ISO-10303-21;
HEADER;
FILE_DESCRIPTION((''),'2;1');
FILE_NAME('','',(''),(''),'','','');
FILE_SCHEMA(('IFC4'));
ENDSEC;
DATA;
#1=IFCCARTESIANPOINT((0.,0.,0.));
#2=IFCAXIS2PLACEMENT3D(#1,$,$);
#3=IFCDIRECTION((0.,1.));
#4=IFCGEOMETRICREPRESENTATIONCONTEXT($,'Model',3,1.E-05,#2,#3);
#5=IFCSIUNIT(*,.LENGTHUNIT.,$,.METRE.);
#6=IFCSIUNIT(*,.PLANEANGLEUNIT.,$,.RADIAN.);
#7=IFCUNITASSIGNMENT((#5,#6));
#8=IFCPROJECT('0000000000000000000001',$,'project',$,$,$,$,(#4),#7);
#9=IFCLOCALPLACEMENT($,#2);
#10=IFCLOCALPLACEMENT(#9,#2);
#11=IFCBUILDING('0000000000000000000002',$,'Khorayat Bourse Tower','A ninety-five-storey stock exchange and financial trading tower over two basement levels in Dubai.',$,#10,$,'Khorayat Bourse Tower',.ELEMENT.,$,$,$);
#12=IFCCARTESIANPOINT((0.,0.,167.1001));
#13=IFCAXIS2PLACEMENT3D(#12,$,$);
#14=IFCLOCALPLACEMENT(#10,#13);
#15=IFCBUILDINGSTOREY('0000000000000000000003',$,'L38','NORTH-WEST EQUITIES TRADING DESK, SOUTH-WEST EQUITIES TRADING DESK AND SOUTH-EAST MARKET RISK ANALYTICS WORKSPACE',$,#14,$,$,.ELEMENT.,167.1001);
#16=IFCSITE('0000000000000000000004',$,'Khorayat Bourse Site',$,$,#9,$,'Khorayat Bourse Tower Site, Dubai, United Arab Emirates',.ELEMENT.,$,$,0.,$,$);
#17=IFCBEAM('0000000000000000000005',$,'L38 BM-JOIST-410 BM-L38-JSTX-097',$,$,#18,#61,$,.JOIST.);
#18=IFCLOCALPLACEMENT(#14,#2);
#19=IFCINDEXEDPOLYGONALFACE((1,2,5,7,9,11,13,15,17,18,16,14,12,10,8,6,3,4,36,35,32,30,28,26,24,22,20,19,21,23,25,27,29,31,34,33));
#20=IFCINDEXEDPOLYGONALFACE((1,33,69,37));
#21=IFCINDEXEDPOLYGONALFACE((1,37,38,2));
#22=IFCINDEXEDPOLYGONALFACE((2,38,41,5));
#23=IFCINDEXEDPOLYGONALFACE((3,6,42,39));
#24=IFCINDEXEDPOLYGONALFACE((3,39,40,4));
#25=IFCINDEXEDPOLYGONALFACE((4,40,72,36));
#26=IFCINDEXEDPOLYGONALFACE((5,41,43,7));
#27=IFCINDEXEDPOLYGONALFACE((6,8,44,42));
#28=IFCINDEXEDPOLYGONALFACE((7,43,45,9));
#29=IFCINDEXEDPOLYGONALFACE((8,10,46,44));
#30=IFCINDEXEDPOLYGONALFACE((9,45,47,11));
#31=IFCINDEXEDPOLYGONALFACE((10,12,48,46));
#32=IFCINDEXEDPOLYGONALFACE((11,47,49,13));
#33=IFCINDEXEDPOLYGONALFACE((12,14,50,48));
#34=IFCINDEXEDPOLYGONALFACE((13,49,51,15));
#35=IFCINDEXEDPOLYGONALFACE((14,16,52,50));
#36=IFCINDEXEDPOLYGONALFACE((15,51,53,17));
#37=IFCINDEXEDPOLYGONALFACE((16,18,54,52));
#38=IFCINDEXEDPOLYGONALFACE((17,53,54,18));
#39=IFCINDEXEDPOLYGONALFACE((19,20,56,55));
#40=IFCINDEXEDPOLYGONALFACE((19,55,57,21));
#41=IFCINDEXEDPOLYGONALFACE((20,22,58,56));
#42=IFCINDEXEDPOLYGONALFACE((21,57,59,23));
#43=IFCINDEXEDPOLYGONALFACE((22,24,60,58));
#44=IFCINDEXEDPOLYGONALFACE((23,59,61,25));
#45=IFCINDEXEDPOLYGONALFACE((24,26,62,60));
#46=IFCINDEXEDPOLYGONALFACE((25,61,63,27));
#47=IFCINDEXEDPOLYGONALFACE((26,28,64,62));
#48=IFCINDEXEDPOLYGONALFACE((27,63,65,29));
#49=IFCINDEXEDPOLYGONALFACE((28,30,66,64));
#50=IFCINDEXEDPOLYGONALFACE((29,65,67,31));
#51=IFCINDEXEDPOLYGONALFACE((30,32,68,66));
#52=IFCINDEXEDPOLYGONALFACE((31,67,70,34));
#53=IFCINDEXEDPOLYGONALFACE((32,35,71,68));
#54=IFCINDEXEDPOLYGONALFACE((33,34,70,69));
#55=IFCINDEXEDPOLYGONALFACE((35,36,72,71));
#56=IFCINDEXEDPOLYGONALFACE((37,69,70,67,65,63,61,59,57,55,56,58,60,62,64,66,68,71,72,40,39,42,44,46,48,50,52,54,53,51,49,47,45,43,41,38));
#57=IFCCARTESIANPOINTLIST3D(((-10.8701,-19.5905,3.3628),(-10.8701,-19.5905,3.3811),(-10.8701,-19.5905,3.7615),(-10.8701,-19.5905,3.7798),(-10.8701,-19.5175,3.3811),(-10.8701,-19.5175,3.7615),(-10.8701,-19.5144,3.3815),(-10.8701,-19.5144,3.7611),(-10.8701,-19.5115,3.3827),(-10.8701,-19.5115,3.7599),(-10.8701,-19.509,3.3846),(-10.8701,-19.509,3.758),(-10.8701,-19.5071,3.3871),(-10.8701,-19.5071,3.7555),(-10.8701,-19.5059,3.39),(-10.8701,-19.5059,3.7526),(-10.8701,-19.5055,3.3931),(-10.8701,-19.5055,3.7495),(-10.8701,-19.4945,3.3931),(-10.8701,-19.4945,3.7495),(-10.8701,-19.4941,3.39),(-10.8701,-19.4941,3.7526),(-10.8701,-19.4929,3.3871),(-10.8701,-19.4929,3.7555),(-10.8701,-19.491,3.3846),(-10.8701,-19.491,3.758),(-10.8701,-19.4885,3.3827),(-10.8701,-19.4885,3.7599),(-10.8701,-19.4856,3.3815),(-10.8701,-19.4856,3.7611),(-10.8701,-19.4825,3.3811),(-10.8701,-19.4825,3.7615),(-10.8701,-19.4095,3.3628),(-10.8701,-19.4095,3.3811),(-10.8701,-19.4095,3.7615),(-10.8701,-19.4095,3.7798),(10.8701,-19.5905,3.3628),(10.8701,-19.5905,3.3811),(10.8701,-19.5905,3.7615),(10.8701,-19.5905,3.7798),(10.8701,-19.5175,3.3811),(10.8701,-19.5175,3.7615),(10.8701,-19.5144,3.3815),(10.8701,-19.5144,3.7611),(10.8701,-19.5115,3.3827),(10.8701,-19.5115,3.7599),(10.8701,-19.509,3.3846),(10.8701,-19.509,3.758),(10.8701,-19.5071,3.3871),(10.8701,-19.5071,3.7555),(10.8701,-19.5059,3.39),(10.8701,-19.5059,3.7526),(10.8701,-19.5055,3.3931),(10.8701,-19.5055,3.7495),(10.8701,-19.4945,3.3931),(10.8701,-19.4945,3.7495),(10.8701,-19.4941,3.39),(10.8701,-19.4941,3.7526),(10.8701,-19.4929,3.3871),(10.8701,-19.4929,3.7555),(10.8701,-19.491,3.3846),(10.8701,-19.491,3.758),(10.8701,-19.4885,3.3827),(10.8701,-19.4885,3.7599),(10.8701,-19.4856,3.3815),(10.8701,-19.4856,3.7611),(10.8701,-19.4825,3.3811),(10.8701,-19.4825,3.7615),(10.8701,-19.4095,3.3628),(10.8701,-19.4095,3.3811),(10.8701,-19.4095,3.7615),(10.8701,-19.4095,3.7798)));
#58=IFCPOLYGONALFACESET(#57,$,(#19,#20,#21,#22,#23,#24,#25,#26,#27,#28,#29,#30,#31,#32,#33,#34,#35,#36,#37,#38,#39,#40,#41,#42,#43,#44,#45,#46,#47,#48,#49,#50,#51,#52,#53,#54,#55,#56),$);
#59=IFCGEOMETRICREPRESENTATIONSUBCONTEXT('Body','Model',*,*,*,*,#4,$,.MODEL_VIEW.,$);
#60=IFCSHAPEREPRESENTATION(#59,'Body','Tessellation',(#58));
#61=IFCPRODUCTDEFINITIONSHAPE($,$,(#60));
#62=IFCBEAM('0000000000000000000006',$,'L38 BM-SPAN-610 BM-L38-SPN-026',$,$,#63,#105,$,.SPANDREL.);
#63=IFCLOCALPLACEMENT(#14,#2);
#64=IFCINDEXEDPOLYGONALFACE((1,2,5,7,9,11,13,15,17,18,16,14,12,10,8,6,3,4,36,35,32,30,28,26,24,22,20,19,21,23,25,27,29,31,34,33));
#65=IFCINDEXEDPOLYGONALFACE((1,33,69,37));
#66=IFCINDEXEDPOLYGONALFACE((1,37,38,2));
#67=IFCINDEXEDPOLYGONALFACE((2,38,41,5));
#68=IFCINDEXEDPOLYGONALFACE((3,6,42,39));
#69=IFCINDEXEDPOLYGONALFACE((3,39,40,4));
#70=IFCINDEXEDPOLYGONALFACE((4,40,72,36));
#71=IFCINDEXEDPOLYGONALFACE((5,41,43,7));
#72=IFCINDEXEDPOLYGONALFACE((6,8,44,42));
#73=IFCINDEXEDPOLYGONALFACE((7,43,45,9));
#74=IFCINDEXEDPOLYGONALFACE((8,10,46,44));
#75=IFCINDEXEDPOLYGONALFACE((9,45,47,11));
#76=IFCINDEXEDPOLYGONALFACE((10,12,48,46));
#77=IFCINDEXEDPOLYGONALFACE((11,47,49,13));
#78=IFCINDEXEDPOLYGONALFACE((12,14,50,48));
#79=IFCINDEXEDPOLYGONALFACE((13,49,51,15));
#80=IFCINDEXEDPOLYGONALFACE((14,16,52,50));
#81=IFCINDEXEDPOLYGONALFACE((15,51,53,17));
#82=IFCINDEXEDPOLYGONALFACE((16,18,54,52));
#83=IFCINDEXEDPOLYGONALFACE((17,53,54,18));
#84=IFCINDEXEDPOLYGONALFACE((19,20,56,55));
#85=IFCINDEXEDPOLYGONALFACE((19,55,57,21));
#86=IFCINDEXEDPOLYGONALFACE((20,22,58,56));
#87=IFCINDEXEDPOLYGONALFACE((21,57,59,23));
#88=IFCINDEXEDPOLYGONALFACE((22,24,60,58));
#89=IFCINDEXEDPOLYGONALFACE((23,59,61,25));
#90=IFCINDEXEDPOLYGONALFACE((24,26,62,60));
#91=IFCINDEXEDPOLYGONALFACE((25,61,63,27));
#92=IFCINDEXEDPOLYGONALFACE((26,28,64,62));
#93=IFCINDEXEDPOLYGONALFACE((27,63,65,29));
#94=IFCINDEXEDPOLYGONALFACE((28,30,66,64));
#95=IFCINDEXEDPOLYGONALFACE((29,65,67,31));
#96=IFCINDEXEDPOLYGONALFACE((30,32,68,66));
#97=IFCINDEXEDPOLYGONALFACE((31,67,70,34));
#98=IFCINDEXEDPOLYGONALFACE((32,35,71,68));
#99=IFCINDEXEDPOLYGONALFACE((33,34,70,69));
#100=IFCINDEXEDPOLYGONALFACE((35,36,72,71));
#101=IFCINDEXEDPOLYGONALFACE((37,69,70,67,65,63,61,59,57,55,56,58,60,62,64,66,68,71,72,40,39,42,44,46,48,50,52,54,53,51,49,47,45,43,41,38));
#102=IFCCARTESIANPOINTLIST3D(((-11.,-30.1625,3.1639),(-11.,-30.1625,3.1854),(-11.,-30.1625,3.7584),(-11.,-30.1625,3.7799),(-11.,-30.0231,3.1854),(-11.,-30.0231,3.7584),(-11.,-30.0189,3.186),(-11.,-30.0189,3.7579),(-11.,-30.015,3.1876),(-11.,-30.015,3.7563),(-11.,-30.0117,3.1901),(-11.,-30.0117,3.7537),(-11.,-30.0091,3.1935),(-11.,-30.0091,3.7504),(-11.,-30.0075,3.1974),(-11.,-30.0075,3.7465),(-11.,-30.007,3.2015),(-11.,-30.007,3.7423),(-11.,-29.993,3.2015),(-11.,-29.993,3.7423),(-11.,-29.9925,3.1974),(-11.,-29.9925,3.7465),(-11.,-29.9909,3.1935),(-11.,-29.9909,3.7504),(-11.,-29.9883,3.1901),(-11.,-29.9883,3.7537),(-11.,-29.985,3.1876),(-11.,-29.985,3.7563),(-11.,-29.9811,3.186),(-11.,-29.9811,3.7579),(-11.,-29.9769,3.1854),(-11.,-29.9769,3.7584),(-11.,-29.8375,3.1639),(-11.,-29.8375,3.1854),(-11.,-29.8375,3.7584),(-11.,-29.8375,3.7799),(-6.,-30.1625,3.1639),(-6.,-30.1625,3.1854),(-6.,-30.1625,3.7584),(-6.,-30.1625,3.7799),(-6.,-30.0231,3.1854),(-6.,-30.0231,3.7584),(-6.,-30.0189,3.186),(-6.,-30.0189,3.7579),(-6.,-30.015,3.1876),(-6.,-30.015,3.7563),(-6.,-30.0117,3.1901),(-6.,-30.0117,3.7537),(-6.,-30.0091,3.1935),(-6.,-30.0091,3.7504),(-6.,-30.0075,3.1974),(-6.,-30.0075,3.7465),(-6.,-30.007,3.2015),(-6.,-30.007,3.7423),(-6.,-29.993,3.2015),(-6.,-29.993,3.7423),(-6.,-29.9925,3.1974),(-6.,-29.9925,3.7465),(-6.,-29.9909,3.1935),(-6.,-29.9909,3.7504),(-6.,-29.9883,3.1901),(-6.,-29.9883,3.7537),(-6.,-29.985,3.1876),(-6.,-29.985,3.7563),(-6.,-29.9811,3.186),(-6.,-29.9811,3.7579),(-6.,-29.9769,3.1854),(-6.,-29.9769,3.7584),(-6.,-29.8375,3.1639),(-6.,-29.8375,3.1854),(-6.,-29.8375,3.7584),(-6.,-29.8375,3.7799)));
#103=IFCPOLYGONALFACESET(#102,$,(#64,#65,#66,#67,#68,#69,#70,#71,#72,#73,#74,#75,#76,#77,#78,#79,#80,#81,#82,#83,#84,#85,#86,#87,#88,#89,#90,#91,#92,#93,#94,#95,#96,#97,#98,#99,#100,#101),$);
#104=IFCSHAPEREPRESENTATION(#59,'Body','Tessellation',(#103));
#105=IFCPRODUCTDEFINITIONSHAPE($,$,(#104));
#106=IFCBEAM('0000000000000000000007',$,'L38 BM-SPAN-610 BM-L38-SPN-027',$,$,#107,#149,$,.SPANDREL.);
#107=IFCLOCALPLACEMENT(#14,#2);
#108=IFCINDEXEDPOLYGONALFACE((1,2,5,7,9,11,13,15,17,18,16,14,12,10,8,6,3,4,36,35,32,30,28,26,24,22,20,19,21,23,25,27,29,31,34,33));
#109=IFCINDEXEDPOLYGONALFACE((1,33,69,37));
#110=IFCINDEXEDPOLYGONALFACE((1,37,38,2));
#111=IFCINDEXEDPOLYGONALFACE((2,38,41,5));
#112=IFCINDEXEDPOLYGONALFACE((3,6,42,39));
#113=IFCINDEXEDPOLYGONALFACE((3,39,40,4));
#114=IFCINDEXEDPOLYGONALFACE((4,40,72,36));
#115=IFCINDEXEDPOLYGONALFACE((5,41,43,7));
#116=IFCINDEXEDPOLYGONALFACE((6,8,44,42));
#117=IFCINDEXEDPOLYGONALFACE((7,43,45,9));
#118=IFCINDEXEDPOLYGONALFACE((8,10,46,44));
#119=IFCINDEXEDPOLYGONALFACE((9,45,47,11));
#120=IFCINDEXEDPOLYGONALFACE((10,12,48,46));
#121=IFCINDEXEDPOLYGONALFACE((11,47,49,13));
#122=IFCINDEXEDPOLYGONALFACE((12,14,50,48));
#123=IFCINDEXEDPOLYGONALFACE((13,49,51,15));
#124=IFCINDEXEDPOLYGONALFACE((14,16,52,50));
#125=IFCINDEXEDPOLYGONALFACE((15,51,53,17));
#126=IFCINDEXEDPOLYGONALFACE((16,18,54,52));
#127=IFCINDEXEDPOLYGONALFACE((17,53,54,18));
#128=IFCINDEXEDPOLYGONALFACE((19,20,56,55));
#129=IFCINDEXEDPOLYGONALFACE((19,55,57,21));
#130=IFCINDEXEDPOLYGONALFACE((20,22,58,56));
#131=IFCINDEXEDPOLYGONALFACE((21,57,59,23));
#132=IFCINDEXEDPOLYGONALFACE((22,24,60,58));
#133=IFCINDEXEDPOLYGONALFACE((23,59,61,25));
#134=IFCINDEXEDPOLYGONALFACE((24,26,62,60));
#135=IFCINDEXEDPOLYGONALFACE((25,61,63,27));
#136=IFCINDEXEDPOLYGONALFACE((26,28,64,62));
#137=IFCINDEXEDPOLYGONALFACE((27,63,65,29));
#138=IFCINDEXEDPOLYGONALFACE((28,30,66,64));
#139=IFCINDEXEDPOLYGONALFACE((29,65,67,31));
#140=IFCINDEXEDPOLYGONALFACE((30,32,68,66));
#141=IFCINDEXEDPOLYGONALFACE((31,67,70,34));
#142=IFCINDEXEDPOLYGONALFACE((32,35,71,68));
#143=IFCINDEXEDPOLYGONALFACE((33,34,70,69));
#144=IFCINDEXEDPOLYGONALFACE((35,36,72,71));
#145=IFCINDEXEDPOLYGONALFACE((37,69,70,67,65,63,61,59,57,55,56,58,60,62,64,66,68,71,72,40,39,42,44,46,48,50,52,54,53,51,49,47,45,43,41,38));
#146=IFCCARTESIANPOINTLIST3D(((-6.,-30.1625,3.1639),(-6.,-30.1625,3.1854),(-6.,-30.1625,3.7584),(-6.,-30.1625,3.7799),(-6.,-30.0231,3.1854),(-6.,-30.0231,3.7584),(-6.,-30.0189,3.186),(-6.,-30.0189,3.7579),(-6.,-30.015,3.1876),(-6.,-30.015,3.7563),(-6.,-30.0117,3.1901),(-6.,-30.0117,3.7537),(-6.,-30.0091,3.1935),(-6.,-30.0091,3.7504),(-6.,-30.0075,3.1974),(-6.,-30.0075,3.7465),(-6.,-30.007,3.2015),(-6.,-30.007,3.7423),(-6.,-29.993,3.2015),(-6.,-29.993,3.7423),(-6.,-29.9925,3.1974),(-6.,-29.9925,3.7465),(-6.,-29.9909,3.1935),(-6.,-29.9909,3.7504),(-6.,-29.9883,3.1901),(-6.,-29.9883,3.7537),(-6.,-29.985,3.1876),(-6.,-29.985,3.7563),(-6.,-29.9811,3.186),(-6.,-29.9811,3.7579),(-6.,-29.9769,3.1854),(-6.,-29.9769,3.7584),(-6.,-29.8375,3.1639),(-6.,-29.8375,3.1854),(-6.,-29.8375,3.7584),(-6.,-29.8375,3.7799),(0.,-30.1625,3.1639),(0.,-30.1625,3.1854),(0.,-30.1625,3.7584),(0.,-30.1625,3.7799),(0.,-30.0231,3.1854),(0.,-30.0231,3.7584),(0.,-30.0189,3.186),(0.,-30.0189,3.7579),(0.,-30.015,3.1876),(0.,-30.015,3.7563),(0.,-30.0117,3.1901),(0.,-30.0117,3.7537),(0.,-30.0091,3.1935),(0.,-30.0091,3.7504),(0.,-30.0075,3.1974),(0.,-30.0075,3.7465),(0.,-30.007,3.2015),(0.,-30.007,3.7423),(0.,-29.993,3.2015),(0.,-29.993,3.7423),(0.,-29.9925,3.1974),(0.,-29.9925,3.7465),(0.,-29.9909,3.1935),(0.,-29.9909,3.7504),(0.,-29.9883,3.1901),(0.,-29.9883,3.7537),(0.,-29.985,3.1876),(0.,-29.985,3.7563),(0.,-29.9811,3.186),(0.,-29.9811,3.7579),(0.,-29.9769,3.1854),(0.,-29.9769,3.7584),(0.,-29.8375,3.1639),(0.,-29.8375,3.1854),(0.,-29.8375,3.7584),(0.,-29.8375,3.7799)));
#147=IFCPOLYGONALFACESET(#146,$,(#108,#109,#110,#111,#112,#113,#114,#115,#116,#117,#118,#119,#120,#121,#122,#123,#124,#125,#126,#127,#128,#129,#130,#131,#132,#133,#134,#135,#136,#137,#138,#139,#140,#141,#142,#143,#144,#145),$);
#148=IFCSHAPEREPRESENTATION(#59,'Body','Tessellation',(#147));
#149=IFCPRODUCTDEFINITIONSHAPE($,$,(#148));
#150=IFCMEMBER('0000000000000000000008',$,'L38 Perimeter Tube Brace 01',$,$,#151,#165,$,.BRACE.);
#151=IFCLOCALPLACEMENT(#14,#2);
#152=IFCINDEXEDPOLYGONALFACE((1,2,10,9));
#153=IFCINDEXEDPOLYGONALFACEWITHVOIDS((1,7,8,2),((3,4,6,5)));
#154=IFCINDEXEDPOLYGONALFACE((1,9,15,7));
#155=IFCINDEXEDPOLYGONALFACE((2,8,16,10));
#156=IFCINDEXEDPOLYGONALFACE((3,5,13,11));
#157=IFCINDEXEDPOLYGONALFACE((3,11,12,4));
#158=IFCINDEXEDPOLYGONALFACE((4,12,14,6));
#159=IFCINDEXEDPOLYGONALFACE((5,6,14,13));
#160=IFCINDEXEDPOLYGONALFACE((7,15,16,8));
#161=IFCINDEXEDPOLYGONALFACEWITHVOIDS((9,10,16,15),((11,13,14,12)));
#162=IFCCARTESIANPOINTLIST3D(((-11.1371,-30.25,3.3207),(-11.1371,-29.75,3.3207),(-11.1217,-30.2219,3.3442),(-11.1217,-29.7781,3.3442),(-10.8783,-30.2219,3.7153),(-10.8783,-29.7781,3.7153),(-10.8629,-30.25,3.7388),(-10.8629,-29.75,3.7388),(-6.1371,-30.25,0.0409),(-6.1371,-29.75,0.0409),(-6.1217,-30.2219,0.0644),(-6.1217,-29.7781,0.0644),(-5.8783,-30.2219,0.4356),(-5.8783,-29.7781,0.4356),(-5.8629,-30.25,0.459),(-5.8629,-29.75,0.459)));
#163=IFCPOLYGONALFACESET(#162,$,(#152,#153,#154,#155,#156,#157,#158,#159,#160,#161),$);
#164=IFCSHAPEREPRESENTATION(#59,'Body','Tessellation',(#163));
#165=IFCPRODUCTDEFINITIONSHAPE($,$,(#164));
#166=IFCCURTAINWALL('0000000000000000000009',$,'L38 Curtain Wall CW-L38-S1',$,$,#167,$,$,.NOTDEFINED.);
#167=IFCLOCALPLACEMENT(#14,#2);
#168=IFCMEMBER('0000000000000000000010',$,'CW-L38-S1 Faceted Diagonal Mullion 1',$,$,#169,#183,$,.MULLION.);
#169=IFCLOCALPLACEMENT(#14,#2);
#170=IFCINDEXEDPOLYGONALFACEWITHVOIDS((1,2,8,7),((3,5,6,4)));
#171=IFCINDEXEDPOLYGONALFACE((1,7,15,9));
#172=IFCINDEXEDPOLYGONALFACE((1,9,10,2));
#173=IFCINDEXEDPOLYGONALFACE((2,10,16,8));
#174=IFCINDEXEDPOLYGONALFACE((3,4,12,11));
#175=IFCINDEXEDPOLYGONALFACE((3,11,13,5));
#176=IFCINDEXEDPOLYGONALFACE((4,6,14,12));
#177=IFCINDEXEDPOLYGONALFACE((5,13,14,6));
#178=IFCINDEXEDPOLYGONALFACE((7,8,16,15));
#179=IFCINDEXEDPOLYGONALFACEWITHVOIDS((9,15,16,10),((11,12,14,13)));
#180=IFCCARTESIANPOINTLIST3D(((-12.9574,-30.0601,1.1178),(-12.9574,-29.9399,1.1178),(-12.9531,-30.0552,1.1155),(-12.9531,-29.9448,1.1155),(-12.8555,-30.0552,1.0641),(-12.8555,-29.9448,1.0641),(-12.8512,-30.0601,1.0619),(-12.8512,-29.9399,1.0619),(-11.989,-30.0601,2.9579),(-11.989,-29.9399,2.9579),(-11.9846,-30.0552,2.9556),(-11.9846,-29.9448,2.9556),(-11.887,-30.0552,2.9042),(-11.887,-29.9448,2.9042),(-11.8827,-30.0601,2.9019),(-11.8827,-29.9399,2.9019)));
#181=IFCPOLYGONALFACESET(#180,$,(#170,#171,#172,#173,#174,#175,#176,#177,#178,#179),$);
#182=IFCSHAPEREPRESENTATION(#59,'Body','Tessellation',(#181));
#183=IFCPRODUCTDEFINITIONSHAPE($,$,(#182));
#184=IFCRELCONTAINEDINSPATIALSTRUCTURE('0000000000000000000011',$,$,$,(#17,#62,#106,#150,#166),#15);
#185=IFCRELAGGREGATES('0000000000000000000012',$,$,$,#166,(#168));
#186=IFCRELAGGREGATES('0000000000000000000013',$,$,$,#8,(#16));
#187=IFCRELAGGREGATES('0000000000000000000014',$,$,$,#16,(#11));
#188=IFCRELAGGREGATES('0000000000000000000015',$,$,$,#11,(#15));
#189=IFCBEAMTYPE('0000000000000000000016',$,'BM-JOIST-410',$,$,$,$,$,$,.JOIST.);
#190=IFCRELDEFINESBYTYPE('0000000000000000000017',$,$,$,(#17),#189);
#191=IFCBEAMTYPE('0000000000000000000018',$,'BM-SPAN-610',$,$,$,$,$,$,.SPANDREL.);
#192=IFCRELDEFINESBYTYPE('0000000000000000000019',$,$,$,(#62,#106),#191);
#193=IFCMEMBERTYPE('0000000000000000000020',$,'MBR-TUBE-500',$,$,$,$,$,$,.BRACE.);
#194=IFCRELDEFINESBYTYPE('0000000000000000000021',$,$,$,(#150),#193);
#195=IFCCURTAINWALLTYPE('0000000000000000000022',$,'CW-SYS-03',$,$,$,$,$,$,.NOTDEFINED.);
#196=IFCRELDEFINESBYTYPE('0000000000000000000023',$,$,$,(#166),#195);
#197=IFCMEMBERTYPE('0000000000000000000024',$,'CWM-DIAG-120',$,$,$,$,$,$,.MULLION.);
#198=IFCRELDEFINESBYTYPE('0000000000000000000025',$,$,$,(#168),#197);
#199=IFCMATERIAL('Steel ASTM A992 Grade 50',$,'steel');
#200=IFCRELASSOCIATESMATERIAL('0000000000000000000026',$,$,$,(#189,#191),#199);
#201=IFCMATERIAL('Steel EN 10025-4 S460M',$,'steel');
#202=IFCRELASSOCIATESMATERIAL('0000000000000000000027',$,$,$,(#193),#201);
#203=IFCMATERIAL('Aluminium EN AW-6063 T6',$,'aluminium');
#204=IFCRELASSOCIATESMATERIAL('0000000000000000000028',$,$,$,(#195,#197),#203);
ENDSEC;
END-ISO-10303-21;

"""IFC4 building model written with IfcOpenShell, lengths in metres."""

from ifc_helpers import new_model, si_unit, direction, frame, origin, origin_2d, place, context, subcontext, project, spatial, hollow_rectangle, i_section, extrude, source, transform, mapped, material, material_profile, profile_set, type_object, element, aggregate, save


model = new_model("IFC4")

# Units and contexts
model_context = context("Model", 3, precision=1e-05, world=origin(), true_north=direction((0.0, 1.0)))
body_context = subcontext(model_context, "Body", "Model", "MODEL_VIEW")
ifc_project = project(units=[si_unit("LENGTHUNIT", "METRE"), si_unit("PLANEANGLEUNIT", "RADIAN")], contexts=[model_context])

# Site, building, storey
site_placement = place(None, origin())
site = spatial("IfcSite", under=ifc_project, at=site_placement, Name="Khorayat Bourse Site", LongName="Khorayat Bourse Tower Site, Dubai, United Arab Emirates", CompositionType="ELEMENT", RefElevation=0.0)
building_placement = place(site_placement, origin())
building = spatial("IfcBuilding", under=site, at=building_placement, Name="Khorayat Bourse Tower", Description="A ninety-five-storey stock exchange and financial trading tower over two basement levels in Dubai.", LongName="Khorayat Bourse Tower", CompositionType="ELEMENT")
storey_placement = place(building_placement, frame((0.0, 0.0, 167.1001)))
storey = spatial("IfcBuildingStorey", under=building, at=storey_placement, Name="L38", Description="NORTH-WEST EQUITIES TRADING DESK, SOUTH-WEST EQUITIES TRADING DESK AND SOUTH-EAST MARKET RISK ANALYTICS WORKSPACE", CompositionType="ELEMENT", Elevation=167.1001)

# Shared definitions
ifc_material_1 = material(Name="Steel EN 10025-4 S460M", Category="steel")

# Beams
ifc_material_2 = material(Name="Steel ASTM A992 Grade 50", Category="steel")
ifc_material_profile_1 = material_profile(ifc_material_2, i_section(OverallWidth=0.1809, OverallDepth=0.417, WebThickness=0.011, FlangeThickness=0.0183, FilletRadius=0.012, at=origin_2d()), Name="W410X85")
ifc_profile_set_1 = profile_set([ifc_material_profile_1], Name="Steel ASTM A992 Grade 50")
beam_type_1 = type_object("IfcBeamType", Name="BM-JOIST-410", PredefinedType="JOIST", material=ifc_profile_set_1)
shared_shape_1 = source(origin(), body_context, "Body", "SweptSolid", [
    extrude(i_section(OverallWidth=0.1809, OverallDepth=0.417, WebThickness=0.011, FlangeThickness=0.0183, FilletRadius=0.012, at=origin_2d()), origin(), (0.0, 0.0, 1.0), 21.7402),
])
beam_1_placement = place(storey_placement, frame((-10.8701, -19.5, 3.5713), z_axis=(1.0, 0.0, 0.0), x_axis=(0.0, 1.0, 0.0)))
element("IfcBeam", 1, at=beam_1_placement, inside=storey, type_object=beam_type_1, Name="L38 BM-JOIST-410 BM-L38-JSTX-097", PredefinedType="JOIST", context=body_context, shape_type="MappedRepresentation", body=[
    mapped(shared_shape_1, transform((0.0, 0.0, 0.0), scale=1.0)),
])
ifc_material_profile_2 = material_profile(ifc_material_2, i_section(OverallWidth=0.325, OverallDepth=0.616, WebThickness=0.0139, FlangeThickness=0.0215, FilletRadius=0.0161, at=origin_2d()), Name="W610X174")
ifc_profile_set_2 = profile_set([ifc_material_profile_2], Name="Steel ASTM A992 Grade 50")
beam_type_2 = type_object("IfcBeamType", Name="BM-SPAN-610", PredefinedType="SPANDREL", material=ifc_profile_set_2)
shared_shape_2 = source(origin(), body_context, "Body", "SweptSolid", [
    extrude(i_section(OverallWidth=0.325, OverallDepth=0.616, WebThickness=0.0139, FlangeThickness=0.0215, FilletRadius=0.0161, at=origin_2d()), origin(), (0.0, 0.0, 1.0), 5.0),
])
beam_2_placement = place(storey_placement, frame((-11.0, -30.0, 3.4719), z_axis=(1.0, 0.0, 0.0), x_axis=(0.0, 1.0, 0.0)))
element("IfcBeam", 2, at=beam_2_placement, inside=storey, type_object=beam_type_2, Name="L38 BM-SPAN-610 BM-L38-SPN-026", PredefinedType="SPANDREL", context=body_context, shape_type="MappedRepresentation", body=[
    mapped(shared_shape_2, transform((0.0, 0.0, 0.0), scale=1.0)),
])
shared_shape_3 = source(origin(), body_context, "Body", "SweptSolid", [
    extrude(i_section(OverallWidth=0.325, OverallDepth=0.616, WebThickness=0.0139, FlangeThickness=0.0215, FilletRadius=0.0161, at=origin_2d()), origin(), (0.0, 0.0, 1.0), 6.0),
])
beam_3_placement = place(storey_placement, frame((-6.0, -30.0, 3.4719), z_axis=(1.0, 0.0, 0.0), x_axis=(0.0, 1.0, 0.0)))
element("IfcBeam", 3, at=beam_3_placement, inside=storey, type_object=beam_type_2, Name="L38 BM-SPAN-610 BM-L38-SPN-027", PredefinedType="SPANDREL", context=body_context, shape_type="MappedRepresentation", body=[
    mapped(shared_shape_3, transform((0.0, 0.0, 0.0), scale=1.0)),
])

# Member
ifc_material_profile_3 = material_profile(ifc_material_1, hollow_rectangle(XDim=0.5, YDim=0.5, WallThickness=0.0281, at=origin_2d()), Name="HSS 500x500x28")
ifc_profile_set_3 = profile_set([ifc_material_profile_3], Name="Steel EN 10025-4 S460M")
member_type_1 = type_object("IfcMemberType", Name="MBR-TUBE-500", PredefinedType="BRACE", material=ifc_profile_set_3)
shared_shape_4 = source(origin(), body_context, "Body", "SweptSolid", [
    extrude(hollow_rectangle(XDim=0.5, YDim=0.5, WallThickness=0.0281, at=origin_2d()), origin(), (0.0, 0.0, 1.0), 5.9797),
])
member_1_placement = place(storey_placement, frame((-11.0, -30.0, 3.5298), z_axis=(0.83616, 0.0, -0.548485), x_axis=(0.0, 1.0, 0.0)))
element("IfcMember", 4, at=member_1_placement, inside=storey, type_object=member_type_1, Name="L38 Perimeter Tube Brace 01", PredefinedType="BRACE", context=body_context, shape_type="MappedRepresentation", body=[
    mapped(shared_shape_4, transform((0.0, 0.0, 0.0), scale=1.0)),
])

# Curtain wall, member
ifc_material_3 = material(Name="Aluminium EN AW-6063 T6", Category="aluminium")
curtain_wall_type = type_object("IfcCurtainWallType", Name="CW-SYS-03", PredefinedType="NOTDEFINED", material=ifc_material_3)
curtain_wall_placement = place(storey_placement, origin())
curtain_wall = element("IfcCurtainWall", 5, at=curtain_wall_placement, inside=storey, type_object=curtain_wall_type, Name="L38 Curtain Wall CW-L38-S1", PredefinedType="NOTDEFINED")
ifc_material_profile_4 = material_profile(ifc_material_3, hollow_rectangle(XDim=0.1201, YDim=0.1201, WallThickness=0.0049, at=origin_2d()), Name="ALU 120x120x5")
ifc_profile_set_4 = profile_set([ifc_material_profile_4], Name="Aluminium EN AW-6063 T6")
member_type_2 = type_object("IfcMemberType", Name="CWM-DIAG-120", PredefinedType="MULLION", material=ifc_profile_set_4)
shared_shape_5 = source(origin(), body_context, "Body", "SweptSolid", [
    extrude(hollow_rectangle(XDim=0.1201, YDim=0.1201, WallThickness=0.0049, at=origin_2d()), origin(), (0.0, 0.0, 1.0), 2.0793),
])
member_2_placement = place(storey_placement, frame((-12.9043, -30.0, 1.0898), z_axis=(0.465761, 0.0, 0.884911), x_axis=(0.0, 1.0, 0.0)))
member_2 = element("IfcMember", 6, at=member_2_placement, type_object=member_type_2, Name="CW-L38-S1 Faceted Diagonal Mullion 1", PredefinedType="MULLION", context=body_context, shape_type="MappedRepresentation", body=[
    mapped(shared_shape_5, transform((0.0, 0.0, 0.0), scale=1.0)),
])

aggregate(curtain_wall, [member_2])

save(model, "model.ifc")
